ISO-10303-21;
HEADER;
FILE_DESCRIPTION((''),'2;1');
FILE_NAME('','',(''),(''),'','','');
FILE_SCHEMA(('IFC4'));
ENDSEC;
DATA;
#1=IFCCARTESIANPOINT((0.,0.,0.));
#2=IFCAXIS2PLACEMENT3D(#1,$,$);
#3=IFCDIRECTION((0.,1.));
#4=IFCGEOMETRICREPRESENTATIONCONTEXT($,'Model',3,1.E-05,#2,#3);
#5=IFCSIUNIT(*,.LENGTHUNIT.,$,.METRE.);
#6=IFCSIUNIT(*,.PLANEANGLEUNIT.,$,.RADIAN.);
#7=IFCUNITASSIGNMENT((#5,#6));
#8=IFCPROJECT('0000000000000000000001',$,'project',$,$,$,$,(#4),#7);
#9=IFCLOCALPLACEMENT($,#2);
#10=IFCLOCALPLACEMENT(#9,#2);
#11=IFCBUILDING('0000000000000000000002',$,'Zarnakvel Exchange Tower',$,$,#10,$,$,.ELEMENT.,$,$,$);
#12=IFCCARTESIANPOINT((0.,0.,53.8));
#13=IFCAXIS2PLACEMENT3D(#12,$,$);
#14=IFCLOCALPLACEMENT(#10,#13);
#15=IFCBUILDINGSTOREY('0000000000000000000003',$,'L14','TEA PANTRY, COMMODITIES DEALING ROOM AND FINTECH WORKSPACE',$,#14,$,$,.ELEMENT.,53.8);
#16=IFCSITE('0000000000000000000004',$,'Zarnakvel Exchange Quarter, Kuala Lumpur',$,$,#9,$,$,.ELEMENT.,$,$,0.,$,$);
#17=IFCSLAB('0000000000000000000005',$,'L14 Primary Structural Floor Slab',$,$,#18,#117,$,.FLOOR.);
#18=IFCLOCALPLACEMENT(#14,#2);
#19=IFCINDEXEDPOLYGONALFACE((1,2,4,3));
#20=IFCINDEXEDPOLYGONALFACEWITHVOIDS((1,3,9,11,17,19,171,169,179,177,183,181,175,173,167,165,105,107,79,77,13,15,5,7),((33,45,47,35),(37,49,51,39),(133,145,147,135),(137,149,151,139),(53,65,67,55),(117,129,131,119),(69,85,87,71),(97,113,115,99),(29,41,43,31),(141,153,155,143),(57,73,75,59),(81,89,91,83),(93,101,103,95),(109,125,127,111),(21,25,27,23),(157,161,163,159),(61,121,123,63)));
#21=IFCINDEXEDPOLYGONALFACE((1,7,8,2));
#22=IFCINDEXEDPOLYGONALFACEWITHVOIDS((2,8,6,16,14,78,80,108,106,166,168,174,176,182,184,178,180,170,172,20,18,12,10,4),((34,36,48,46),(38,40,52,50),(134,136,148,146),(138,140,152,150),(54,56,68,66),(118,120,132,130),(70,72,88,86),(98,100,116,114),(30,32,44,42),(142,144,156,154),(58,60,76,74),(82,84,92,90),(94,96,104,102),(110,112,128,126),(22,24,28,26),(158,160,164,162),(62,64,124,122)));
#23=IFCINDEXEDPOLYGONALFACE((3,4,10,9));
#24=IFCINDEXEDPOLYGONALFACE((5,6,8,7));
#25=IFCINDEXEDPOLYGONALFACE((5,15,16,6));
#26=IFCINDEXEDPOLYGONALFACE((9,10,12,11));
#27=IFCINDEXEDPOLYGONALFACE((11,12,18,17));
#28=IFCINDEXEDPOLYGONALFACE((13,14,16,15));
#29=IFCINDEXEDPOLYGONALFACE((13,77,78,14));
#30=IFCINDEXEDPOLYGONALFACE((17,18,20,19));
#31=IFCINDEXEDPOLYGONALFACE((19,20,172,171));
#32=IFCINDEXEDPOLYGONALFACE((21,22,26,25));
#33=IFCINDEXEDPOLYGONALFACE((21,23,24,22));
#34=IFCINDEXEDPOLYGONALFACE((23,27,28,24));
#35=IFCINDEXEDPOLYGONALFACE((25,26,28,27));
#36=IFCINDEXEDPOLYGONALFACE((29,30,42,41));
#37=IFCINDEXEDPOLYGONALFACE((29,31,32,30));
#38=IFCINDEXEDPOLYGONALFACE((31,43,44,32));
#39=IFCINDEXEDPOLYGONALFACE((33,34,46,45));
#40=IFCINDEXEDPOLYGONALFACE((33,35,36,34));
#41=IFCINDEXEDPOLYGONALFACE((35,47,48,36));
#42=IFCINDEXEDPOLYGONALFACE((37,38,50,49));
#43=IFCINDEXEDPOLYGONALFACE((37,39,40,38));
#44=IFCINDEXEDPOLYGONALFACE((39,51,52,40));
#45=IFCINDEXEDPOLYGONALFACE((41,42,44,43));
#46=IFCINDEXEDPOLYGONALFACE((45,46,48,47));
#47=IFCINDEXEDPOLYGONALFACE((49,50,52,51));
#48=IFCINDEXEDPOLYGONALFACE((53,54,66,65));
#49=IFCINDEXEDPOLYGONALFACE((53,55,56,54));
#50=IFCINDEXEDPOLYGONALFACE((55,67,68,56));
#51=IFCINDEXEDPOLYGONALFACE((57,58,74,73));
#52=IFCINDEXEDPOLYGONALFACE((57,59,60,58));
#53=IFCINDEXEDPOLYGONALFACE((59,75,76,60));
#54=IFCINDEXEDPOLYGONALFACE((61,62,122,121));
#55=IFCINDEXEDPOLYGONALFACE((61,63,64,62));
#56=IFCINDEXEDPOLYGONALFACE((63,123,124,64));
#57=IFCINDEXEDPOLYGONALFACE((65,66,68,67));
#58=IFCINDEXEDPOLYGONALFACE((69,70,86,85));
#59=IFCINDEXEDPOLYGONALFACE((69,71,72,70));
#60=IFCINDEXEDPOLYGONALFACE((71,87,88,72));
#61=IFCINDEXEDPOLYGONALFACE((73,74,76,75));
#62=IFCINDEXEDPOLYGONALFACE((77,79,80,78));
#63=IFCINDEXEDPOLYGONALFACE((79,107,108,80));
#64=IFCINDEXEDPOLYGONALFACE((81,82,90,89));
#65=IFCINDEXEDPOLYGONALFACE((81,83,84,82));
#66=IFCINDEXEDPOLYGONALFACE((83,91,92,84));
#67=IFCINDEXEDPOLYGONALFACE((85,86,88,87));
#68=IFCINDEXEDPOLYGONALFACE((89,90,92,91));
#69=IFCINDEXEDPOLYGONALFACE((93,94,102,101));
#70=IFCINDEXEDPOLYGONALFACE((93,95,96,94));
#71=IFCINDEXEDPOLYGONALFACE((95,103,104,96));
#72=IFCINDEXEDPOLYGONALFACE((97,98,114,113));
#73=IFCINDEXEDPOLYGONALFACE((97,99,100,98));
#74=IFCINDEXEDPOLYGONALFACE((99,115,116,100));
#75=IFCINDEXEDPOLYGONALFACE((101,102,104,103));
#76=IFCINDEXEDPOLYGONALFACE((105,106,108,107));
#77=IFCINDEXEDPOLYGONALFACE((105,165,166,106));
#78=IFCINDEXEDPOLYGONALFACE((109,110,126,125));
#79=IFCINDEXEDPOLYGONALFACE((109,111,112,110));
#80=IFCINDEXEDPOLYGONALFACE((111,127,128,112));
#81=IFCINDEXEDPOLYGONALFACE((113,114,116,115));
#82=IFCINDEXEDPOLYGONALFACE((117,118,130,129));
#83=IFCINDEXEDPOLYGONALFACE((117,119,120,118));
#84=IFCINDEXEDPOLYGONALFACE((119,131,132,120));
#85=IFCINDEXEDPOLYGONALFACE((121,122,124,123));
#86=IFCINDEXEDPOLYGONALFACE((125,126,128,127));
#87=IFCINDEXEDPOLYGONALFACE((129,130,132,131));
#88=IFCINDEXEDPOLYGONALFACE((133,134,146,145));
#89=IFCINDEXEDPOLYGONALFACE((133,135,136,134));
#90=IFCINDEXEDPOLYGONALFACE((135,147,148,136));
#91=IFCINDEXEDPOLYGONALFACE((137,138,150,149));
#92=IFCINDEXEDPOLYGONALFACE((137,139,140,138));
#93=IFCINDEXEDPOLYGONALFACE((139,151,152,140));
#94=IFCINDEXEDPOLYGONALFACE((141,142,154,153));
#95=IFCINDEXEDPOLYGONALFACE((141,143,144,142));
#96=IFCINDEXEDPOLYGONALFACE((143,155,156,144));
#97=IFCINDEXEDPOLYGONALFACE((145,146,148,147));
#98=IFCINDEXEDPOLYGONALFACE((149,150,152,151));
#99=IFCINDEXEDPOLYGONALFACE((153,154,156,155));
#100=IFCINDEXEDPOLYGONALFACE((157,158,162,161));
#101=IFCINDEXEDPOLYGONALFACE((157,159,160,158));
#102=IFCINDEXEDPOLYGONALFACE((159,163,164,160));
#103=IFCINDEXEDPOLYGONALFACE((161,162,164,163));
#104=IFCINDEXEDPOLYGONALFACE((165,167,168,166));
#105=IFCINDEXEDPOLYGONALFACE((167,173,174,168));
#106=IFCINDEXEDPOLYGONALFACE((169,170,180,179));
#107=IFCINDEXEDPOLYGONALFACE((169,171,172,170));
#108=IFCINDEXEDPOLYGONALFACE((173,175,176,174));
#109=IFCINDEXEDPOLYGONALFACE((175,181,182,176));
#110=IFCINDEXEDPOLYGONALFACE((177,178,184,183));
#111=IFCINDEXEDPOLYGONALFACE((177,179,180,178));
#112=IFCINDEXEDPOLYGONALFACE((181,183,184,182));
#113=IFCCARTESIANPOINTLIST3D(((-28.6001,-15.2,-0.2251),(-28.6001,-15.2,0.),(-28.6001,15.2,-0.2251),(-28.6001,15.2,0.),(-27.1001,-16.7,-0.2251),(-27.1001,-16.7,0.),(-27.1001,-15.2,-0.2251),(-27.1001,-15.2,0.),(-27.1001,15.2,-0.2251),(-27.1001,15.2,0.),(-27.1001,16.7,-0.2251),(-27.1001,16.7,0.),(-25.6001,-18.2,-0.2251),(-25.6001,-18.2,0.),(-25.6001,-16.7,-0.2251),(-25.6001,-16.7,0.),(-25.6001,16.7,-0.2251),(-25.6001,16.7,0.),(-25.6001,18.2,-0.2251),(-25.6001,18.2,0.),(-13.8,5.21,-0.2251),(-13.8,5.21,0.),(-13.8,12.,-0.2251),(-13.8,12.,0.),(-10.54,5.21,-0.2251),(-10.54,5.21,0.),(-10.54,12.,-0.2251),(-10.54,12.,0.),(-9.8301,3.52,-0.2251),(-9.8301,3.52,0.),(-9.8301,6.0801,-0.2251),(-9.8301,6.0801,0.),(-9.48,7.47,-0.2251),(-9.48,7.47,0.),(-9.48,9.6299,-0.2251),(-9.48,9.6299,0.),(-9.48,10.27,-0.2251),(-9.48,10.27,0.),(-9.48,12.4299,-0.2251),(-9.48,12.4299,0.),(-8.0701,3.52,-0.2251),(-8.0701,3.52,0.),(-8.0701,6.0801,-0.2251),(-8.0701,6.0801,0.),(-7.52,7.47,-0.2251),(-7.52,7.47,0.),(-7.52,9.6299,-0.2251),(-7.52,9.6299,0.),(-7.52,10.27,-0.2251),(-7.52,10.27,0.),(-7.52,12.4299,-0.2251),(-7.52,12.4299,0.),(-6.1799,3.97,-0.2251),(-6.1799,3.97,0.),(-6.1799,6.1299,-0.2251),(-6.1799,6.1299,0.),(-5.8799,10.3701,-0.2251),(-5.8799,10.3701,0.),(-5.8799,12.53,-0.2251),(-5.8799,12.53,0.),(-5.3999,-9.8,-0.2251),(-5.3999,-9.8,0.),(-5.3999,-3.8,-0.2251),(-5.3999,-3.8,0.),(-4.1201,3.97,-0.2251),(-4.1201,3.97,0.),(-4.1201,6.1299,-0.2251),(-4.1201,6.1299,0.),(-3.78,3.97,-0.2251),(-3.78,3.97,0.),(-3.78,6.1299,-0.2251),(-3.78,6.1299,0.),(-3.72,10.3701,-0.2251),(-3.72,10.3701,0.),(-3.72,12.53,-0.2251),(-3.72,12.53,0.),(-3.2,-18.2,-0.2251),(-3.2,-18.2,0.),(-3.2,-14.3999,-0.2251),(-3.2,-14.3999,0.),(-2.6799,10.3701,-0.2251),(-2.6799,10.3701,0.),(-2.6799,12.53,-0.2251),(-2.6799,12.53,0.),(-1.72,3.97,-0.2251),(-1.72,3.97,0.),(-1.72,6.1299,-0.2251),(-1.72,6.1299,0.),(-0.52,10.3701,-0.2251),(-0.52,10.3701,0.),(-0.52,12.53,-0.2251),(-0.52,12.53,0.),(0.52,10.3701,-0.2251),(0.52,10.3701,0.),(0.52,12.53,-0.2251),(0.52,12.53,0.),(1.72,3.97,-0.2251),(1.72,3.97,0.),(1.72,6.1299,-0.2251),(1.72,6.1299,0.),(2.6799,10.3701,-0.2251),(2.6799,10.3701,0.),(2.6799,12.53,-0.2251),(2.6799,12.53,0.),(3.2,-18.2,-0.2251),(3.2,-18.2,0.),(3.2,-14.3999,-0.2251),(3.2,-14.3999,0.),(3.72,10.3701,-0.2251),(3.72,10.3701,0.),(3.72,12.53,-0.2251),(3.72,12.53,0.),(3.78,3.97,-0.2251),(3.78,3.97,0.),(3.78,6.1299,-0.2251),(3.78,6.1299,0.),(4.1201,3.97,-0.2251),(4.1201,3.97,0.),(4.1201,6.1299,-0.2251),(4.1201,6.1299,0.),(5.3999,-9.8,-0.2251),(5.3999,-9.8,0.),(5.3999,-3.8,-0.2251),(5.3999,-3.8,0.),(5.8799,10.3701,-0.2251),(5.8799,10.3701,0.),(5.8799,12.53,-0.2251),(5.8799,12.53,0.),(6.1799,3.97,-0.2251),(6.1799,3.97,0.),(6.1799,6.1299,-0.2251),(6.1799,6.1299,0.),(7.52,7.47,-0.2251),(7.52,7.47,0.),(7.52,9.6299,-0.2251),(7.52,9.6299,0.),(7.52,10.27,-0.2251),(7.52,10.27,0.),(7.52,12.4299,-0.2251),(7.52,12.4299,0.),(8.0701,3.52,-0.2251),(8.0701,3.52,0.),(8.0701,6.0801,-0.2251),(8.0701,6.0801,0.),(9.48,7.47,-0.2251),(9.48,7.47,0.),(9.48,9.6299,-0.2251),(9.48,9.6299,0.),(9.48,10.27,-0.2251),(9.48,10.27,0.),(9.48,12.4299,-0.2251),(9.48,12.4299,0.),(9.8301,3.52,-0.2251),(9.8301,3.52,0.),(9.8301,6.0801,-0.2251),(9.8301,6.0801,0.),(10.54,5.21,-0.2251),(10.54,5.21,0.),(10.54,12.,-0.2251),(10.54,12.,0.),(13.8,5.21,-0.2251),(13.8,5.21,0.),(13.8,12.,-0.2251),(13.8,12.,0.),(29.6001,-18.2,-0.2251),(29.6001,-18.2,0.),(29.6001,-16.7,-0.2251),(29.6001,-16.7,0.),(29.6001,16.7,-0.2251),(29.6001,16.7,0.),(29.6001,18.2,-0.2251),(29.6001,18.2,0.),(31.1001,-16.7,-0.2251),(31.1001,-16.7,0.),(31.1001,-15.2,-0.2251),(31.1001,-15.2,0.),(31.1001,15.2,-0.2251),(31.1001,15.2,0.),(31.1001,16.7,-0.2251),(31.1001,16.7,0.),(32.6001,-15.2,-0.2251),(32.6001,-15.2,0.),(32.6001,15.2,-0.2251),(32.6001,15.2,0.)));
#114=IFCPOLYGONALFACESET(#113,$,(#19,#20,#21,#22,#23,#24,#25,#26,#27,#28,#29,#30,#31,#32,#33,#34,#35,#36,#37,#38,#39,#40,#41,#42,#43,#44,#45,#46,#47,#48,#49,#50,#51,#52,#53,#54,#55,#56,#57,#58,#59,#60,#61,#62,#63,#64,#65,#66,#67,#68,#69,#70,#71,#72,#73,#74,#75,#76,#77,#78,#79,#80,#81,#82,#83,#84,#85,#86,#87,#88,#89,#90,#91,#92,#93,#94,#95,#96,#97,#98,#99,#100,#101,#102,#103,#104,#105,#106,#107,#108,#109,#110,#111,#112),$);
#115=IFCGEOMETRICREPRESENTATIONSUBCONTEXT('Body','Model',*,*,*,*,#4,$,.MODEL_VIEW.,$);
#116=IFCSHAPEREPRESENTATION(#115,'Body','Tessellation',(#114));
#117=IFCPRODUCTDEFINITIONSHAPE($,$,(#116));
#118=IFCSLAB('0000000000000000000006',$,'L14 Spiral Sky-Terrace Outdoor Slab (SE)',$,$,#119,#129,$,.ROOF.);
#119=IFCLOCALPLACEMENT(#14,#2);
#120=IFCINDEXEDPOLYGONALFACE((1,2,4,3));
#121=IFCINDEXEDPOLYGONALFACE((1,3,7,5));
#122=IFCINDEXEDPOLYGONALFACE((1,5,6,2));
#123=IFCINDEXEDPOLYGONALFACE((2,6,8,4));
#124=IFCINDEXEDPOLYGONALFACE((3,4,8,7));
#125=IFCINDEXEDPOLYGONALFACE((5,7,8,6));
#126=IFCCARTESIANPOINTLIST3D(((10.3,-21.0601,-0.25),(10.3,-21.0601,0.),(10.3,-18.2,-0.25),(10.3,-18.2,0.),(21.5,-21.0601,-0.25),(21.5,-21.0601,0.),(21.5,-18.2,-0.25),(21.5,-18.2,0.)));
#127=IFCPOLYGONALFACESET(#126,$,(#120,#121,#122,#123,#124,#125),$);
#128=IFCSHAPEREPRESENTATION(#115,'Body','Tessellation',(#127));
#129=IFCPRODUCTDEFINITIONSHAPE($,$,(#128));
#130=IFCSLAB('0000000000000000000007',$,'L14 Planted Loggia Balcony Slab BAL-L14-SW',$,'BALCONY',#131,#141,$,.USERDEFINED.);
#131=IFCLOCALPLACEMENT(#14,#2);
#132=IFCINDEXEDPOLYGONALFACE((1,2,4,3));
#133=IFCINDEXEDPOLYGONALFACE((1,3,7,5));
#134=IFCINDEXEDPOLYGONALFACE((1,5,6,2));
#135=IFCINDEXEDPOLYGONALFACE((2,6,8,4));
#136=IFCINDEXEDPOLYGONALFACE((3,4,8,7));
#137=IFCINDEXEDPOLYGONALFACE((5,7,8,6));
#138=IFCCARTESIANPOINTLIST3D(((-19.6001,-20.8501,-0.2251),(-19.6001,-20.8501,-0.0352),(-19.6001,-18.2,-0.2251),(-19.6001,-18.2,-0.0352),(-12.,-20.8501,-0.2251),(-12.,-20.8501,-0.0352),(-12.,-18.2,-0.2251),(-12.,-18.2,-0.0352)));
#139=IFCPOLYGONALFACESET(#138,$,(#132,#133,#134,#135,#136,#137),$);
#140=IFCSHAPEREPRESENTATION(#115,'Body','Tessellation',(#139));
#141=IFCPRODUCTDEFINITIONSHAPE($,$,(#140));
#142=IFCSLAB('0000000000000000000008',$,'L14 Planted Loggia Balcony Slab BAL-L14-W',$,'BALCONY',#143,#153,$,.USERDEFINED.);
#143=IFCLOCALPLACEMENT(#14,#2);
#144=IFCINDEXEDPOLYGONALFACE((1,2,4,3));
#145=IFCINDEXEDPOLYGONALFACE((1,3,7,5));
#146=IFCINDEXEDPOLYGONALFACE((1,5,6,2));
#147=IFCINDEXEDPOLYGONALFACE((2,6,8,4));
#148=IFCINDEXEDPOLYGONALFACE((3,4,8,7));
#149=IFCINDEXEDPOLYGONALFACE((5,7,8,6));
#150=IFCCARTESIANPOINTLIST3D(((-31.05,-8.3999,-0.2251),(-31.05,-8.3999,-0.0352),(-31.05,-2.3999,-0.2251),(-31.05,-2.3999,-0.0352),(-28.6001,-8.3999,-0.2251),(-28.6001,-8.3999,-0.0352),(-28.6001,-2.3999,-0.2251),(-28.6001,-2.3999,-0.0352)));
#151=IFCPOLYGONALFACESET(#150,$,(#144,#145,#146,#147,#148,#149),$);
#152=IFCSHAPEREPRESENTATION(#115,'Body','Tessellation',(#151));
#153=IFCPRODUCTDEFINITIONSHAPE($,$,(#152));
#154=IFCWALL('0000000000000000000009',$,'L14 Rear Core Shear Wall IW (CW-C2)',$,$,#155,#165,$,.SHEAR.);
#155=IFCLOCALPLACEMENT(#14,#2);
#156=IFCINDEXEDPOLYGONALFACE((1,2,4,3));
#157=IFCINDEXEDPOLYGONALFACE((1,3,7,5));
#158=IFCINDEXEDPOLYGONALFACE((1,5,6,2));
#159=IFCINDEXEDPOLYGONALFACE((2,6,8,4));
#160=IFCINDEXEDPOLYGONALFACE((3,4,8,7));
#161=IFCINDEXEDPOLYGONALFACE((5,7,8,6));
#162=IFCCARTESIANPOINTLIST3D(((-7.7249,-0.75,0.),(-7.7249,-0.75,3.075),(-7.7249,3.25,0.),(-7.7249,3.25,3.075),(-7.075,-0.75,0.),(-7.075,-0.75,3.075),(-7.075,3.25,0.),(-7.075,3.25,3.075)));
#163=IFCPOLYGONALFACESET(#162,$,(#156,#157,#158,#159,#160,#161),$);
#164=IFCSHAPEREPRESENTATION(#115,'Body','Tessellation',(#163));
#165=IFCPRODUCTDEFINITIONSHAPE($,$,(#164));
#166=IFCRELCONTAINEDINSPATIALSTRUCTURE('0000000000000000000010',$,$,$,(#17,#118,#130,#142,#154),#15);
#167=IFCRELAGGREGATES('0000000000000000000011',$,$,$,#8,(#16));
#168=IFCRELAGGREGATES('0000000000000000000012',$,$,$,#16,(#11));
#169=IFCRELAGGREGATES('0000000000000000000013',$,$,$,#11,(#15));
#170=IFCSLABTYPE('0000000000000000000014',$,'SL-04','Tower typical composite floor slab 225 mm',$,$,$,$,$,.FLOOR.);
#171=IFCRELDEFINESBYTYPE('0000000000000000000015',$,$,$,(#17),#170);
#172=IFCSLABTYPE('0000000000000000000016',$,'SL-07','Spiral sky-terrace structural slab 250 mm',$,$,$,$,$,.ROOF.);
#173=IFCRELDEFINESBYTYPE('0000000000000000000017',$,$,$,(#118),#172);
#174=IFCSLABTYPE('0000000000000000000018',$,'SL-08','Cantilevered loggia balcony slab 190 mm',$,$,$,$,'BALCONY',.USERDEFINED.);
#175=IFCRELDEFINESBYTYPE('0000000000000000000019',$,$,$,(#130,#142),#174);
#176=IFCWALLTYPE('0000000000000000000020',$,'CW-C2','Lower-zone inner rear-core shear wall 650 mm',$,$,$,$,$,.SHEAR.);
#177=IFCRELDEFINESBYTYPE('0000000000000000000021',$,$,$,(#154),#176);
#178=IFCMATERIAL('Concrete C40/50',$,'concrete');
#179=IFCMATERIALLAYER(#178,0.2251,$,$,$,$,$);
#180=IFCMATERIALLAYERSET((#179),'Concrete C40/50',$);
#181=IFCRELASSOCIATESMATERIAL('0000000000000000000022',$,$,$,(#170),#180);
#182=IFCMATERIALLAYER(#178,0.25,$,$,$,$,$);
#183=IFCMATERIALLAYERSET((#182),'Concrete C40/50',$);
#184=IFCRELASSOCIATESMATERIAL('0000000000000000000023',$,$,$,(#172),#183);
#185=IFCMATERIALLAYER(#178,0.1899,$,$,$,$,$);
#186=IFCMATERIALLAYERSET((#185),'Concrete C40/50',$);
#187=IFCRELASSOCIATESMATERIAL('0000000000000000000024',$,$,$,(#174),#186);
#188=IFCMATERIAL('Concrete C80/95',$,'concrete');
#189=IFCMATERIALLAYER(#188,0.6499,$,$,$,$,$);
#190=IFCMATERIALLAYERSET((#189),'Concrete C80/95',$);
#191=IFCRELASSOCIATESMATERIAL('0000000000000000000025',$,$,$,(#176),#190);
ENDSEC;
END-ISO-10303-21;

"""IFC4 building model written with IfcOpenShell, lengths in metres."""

from ifc_helpers import new_model, si_unit, direction, frame, frame_2d, origin, place, context, subcontext, project, spatial, polyline, rectangle, outline, extrude, material, layer, layer_set, type_object, element, save


model = new_model("IFC4")

# Units and contexts
model_context = context("Model", 3, precision=1e-05, world=origin(), true_north=direction((0.0, 1.0)))
body_context = subcontext(model_context, "Body", "Model", "MODEL_VIEW")
ifc_project = project(units=[si_unit("LENGTHUNIT", "METRE"), si_unit("PLANEANGLEUNIT", "RADIAN")], contexts=[model_context])

# Site, building, storey
site_placement = place(None, origin())
site = spatial("IfcSite", under=ifc_project, at=site_placement, Name="Zarnakvel Exchange Quarter, Kuala Lumpur", CompositionType="ELEMENT", RefElevation=0.0)
building_placement = place(site_placement, origin())
building = spatial("IfcBuilding", under=site, at=building_placement, Name="Zarnakvel Exchange Tower", CompositionType="ELEMENT")
storey_placement = place(building_placement, frame((0.0, 0.0, 53.8)))
storey = spatial("IfcBuildingStorey", under=building, at=storey_placement, Name="L14", Description="TEA PANTRY, COMMODITIES DEALING ROOM AND FINTECH WORKSPACE", CompositionType="ELEMENT", Elevation=53.8)

# Shared definitions
ifc_material_1 = material(Name="Concrete C80/95", Category="concrete")

# Shared definitions
ifc_material_2 = material(Name="Concrete C40/50", Category="concrete")

# Slabs
ifc_layer_1 = layer(ifc_material_2, 0.2251)
ifc_layer_set_1 = layer_set([ifc_layer_1], Name="Concrete C40/50")
slab_type_1 = type_object("IfcSlabType", Name="SL-04", Description="Tower typical composite floor slab 225 mm", PredefinedType="FLOOR", material=ifc_layer_set_1)
slab_1_placement = place(storey_placement, frame((0.0, 0.0, -0.2251)))
element("IfcSlab", 1, at=slab_1_placement, inside=storey, type_object=slab_type_1, Name="L14 Primary Structural Floor Slab", PredefinedType="FLOOR", context=body_context, shape_type="SweptSolid", body=[
    extrude(outline(polyline([(-28.6001, -15.2), (-27.1001, -15.2), (-27.1001, -16.7), (-25.6001, -16.7), (-25.6001, -18.2), (-3.2, -18.2), (-3.2, -14.3999), (3.2, -14.3999), (3.2, -18.2), (29.6001, -18.2), (29.6001, -16.7), (31.1001, -16.7), (31.1001, -15.2), (32.6001, -15.2), (32.6001, 15.2), (31.1001, 15.2), (31.1001, 16.7), (29.6001, 16.7), (29.6001, 18.2), (-25.6001, 18.2), (-25.6001, 16.7), (-27.1001, 16.7), (-27.1001, 15.2), (-28.6001, 15.2), (-28.6001, -15.2)]), holes=[polyline([(-5.3999, -9.8), (5.3999, -9.8), (5.3999, -3.8), (-5.3999, -3.8), (-5.3999, -9.8)]), polyline([(-13.8, 5.21), (-10.54, 5.21), (-10.54, 12.0), (-13.8, 12.0), (-13.8, 5.21)]), polyline([(10.54, 5.21), (13.8, 5.21), (13.8, 12.0), (10.54, 12.0), (10.54, 5.21)]), polyline([(-9.8301, 3.52), (-8.0701, 3.52), (-8.0701, 6.0801), (-9.8301, 6.0801), (-9.8301, 3.52)]), polyline([(8.0701, 3.52), (9.8301, 3.52), (9.8301, 6.0801), (8.0701, 6.0801), (8.0701, 3.52)]), polyline([(-5.8799, 10.3701), (-3.72, 10.3701), (-3.72, 12.53), (-5.8799, 12.53), (-5.8799, 10.3701)]), polyline([(-2.6799, 10.3701), (-0.52, 10.3701), (-0.52, 12.53), (-2.6799, 12.53), (-2.6799, 10.3701)]), polyline([(0.52, 10.3701), (2.6799, 10.3701), (2.6799, 12.53), (0.52, 12.53), (0.52, 10.3701)]), polyline([(3.72, 10.3701), (5.8799, 10.3701), (5.8799, 12.53), (3.72, 12.53), (3.72, 10.3701)]), polyline([(-6.1799, 3.97), (-4.1201, 3.97), (-4.1201, 6.1299), (-6.1799, 6.1299), (-6.1799, 3.97)]), polyline([(-3.78, 3.97), (-1.72, 3.97), (-1.72, 6.1299), (-3.78, 6.1299), (-3.78, 3.97)]), polyline([(1.72, 3.97), (3.78, 3.97), (3.78, 6.1299), (1.72, 6.1299), (1.72, 3.97)]), polyline([(4.1201, 3.97), (6.1799, 3.97), (6.1799, 6.1299), (4.1201, 6.1299), (4.1201, 3.97)]), polyline([(-9.48, 7.47), (-7.52, 7.47), (-7.52, 9.6299), (-9.48, 9.6299), (-9.48, 7.47)]), polyline([(-9.48, 10.27), (-7.52, 10.27), (-7.52, 12.4299), (-9.48, 12.4299), (-9.48, 10.27)]), polyline([(7.52, 7.47), (9.48, 7.47), (9.48, 9.6299), (7.52, 9.6299), (7.52, 7.47)]), polyline([(7.52, 10.27), (9.48, 10.27), (9.48, 12.4299), (7.52, 12.4299), (7.52, 10.27)])]), origin(), (0.0, 0.0, 1.0), 0.2251),
])
ifc_layer_2 = layer(ifc_material_2, 0.25)
ifc_layer_set_2 = layer_set([ifc_layer_2], Name="Concrete C40/50")
slab_type_2 = type_object("IfcSlabType", Name="SL-07", Description="Spiral sky-terrace structural slab 250 mm", PredefinedType="ROOF", material=ifc_layer_set_2)
slab_2_placement = place(storey_placement, frame((0.0, 0.0, -0.25)))
element("IfcSlab", 2, at=slab_2_placement, inside=storey, type_object=slab_type_2, Name="L14 Spiral Sky-Terrace Outdoor Slab (SE)", PredefinedType="ROOF", context=body_context, shape_type="SweptSolid", body=[
    extrude(outline(polyline([(10.3, -21.0601), (21.5, -21.0601), (21.5, -18.2), (10.3, -18.2), (10.3, -21.0601)])), origin(), (0.0, 0.0, 1.0), 0.25),
])
ifc_layer_3 = layer(ifc_material_2, 0.1899)
ifc_layer_set_3 = layer_set([ifc_layer_3], Name="Concrete C40/50")
slab_type_3 = type_object("IfcSlabType", Name="SL-08", Description="Cantilevered loggia balcony slab 190 mm", ElementType="BALCONY", PredefinedType="USERDEFINED", material=ifc_layer_set_3)
slab_3_placement = place(storey_placement, frame((0.0, 0.0, -0.2251)))
element("IfcSlab", 3, at=slab_3_placement, inside=storey, type_object=slab_type_3, Name="L14 Planted Loggia Balcony Slab BAL-L14-SW", ObjectType="BALCONY", PredefinedType="USERDEFINED", context=body_context, shape_type="SweptSolid", body=[
    extrude(outline(polyline([(-19.6001, -20.8501), (-12.0, -20.8501), (-12.0, -18.2), (-19.6001, -18.2), (-19.6001, -20.8501)])), origin(), (0.0, 0.0, 1.0), 0.1899),
])
slab_4_placement = place(storey_placement, frame((0.0, 0.0, -0.2251)))
element("IfcSlab", 4, at=slab_4_placement, inside=storey, type_object=slab_type_3, Name="L14 Planted Loggia Balcony Slab BAL-L14-W", ObjectType="BALCONY", PredefinedType="USERDEFINED", context=body_context, shape_type="SweptSolid", body=[
    extrude(outline(polyline([(-31.05, -8.3999), (-28.6001, -8.3999), (-28.6001, -2.3999), (-31.05, -2.3999), (-31.05, -8.3999)])), origin(), (0.0, 0.0, 1.0), 0.1899),
])

# Wall
ifc_layer_4 = layer(ifc_material_1, 0.6499)
ifc_layer_set_4 = layer_set([ifc_layer_4], Name="Concrete C80/95")
wall_type_1 = type_object("IfcWallType", Name="CW-C2", Description="Lower-zone inner rear-core shear wall 650 mm", PredefinedType="SHEAR", material=ifc_layer_set_4)
wall_1_placement = place(storey_placement, frame((-7.3999, -0.75, 0.0), z_axis=(0.0, 0.0, 1.0), x_axis=(0.0, 1.0, 0.0)))
element("IfcWall", 5, at=wall_1_placement, inside=storey, type_object=wall_type_1, Name="L14 Rear Core Shear Wall IW (CW-C2)", PredefinedType="SHEAR", context=body_context, shape_type="SweptSolid", body=[
    extrude(rectangle(XDim=4.0, YDim=0.6499, at=frame_2d((2.0, 0.0))), origin(), (0.0, 0.0, 1.0), 3.075),
])

save(model, "model.ifc")
